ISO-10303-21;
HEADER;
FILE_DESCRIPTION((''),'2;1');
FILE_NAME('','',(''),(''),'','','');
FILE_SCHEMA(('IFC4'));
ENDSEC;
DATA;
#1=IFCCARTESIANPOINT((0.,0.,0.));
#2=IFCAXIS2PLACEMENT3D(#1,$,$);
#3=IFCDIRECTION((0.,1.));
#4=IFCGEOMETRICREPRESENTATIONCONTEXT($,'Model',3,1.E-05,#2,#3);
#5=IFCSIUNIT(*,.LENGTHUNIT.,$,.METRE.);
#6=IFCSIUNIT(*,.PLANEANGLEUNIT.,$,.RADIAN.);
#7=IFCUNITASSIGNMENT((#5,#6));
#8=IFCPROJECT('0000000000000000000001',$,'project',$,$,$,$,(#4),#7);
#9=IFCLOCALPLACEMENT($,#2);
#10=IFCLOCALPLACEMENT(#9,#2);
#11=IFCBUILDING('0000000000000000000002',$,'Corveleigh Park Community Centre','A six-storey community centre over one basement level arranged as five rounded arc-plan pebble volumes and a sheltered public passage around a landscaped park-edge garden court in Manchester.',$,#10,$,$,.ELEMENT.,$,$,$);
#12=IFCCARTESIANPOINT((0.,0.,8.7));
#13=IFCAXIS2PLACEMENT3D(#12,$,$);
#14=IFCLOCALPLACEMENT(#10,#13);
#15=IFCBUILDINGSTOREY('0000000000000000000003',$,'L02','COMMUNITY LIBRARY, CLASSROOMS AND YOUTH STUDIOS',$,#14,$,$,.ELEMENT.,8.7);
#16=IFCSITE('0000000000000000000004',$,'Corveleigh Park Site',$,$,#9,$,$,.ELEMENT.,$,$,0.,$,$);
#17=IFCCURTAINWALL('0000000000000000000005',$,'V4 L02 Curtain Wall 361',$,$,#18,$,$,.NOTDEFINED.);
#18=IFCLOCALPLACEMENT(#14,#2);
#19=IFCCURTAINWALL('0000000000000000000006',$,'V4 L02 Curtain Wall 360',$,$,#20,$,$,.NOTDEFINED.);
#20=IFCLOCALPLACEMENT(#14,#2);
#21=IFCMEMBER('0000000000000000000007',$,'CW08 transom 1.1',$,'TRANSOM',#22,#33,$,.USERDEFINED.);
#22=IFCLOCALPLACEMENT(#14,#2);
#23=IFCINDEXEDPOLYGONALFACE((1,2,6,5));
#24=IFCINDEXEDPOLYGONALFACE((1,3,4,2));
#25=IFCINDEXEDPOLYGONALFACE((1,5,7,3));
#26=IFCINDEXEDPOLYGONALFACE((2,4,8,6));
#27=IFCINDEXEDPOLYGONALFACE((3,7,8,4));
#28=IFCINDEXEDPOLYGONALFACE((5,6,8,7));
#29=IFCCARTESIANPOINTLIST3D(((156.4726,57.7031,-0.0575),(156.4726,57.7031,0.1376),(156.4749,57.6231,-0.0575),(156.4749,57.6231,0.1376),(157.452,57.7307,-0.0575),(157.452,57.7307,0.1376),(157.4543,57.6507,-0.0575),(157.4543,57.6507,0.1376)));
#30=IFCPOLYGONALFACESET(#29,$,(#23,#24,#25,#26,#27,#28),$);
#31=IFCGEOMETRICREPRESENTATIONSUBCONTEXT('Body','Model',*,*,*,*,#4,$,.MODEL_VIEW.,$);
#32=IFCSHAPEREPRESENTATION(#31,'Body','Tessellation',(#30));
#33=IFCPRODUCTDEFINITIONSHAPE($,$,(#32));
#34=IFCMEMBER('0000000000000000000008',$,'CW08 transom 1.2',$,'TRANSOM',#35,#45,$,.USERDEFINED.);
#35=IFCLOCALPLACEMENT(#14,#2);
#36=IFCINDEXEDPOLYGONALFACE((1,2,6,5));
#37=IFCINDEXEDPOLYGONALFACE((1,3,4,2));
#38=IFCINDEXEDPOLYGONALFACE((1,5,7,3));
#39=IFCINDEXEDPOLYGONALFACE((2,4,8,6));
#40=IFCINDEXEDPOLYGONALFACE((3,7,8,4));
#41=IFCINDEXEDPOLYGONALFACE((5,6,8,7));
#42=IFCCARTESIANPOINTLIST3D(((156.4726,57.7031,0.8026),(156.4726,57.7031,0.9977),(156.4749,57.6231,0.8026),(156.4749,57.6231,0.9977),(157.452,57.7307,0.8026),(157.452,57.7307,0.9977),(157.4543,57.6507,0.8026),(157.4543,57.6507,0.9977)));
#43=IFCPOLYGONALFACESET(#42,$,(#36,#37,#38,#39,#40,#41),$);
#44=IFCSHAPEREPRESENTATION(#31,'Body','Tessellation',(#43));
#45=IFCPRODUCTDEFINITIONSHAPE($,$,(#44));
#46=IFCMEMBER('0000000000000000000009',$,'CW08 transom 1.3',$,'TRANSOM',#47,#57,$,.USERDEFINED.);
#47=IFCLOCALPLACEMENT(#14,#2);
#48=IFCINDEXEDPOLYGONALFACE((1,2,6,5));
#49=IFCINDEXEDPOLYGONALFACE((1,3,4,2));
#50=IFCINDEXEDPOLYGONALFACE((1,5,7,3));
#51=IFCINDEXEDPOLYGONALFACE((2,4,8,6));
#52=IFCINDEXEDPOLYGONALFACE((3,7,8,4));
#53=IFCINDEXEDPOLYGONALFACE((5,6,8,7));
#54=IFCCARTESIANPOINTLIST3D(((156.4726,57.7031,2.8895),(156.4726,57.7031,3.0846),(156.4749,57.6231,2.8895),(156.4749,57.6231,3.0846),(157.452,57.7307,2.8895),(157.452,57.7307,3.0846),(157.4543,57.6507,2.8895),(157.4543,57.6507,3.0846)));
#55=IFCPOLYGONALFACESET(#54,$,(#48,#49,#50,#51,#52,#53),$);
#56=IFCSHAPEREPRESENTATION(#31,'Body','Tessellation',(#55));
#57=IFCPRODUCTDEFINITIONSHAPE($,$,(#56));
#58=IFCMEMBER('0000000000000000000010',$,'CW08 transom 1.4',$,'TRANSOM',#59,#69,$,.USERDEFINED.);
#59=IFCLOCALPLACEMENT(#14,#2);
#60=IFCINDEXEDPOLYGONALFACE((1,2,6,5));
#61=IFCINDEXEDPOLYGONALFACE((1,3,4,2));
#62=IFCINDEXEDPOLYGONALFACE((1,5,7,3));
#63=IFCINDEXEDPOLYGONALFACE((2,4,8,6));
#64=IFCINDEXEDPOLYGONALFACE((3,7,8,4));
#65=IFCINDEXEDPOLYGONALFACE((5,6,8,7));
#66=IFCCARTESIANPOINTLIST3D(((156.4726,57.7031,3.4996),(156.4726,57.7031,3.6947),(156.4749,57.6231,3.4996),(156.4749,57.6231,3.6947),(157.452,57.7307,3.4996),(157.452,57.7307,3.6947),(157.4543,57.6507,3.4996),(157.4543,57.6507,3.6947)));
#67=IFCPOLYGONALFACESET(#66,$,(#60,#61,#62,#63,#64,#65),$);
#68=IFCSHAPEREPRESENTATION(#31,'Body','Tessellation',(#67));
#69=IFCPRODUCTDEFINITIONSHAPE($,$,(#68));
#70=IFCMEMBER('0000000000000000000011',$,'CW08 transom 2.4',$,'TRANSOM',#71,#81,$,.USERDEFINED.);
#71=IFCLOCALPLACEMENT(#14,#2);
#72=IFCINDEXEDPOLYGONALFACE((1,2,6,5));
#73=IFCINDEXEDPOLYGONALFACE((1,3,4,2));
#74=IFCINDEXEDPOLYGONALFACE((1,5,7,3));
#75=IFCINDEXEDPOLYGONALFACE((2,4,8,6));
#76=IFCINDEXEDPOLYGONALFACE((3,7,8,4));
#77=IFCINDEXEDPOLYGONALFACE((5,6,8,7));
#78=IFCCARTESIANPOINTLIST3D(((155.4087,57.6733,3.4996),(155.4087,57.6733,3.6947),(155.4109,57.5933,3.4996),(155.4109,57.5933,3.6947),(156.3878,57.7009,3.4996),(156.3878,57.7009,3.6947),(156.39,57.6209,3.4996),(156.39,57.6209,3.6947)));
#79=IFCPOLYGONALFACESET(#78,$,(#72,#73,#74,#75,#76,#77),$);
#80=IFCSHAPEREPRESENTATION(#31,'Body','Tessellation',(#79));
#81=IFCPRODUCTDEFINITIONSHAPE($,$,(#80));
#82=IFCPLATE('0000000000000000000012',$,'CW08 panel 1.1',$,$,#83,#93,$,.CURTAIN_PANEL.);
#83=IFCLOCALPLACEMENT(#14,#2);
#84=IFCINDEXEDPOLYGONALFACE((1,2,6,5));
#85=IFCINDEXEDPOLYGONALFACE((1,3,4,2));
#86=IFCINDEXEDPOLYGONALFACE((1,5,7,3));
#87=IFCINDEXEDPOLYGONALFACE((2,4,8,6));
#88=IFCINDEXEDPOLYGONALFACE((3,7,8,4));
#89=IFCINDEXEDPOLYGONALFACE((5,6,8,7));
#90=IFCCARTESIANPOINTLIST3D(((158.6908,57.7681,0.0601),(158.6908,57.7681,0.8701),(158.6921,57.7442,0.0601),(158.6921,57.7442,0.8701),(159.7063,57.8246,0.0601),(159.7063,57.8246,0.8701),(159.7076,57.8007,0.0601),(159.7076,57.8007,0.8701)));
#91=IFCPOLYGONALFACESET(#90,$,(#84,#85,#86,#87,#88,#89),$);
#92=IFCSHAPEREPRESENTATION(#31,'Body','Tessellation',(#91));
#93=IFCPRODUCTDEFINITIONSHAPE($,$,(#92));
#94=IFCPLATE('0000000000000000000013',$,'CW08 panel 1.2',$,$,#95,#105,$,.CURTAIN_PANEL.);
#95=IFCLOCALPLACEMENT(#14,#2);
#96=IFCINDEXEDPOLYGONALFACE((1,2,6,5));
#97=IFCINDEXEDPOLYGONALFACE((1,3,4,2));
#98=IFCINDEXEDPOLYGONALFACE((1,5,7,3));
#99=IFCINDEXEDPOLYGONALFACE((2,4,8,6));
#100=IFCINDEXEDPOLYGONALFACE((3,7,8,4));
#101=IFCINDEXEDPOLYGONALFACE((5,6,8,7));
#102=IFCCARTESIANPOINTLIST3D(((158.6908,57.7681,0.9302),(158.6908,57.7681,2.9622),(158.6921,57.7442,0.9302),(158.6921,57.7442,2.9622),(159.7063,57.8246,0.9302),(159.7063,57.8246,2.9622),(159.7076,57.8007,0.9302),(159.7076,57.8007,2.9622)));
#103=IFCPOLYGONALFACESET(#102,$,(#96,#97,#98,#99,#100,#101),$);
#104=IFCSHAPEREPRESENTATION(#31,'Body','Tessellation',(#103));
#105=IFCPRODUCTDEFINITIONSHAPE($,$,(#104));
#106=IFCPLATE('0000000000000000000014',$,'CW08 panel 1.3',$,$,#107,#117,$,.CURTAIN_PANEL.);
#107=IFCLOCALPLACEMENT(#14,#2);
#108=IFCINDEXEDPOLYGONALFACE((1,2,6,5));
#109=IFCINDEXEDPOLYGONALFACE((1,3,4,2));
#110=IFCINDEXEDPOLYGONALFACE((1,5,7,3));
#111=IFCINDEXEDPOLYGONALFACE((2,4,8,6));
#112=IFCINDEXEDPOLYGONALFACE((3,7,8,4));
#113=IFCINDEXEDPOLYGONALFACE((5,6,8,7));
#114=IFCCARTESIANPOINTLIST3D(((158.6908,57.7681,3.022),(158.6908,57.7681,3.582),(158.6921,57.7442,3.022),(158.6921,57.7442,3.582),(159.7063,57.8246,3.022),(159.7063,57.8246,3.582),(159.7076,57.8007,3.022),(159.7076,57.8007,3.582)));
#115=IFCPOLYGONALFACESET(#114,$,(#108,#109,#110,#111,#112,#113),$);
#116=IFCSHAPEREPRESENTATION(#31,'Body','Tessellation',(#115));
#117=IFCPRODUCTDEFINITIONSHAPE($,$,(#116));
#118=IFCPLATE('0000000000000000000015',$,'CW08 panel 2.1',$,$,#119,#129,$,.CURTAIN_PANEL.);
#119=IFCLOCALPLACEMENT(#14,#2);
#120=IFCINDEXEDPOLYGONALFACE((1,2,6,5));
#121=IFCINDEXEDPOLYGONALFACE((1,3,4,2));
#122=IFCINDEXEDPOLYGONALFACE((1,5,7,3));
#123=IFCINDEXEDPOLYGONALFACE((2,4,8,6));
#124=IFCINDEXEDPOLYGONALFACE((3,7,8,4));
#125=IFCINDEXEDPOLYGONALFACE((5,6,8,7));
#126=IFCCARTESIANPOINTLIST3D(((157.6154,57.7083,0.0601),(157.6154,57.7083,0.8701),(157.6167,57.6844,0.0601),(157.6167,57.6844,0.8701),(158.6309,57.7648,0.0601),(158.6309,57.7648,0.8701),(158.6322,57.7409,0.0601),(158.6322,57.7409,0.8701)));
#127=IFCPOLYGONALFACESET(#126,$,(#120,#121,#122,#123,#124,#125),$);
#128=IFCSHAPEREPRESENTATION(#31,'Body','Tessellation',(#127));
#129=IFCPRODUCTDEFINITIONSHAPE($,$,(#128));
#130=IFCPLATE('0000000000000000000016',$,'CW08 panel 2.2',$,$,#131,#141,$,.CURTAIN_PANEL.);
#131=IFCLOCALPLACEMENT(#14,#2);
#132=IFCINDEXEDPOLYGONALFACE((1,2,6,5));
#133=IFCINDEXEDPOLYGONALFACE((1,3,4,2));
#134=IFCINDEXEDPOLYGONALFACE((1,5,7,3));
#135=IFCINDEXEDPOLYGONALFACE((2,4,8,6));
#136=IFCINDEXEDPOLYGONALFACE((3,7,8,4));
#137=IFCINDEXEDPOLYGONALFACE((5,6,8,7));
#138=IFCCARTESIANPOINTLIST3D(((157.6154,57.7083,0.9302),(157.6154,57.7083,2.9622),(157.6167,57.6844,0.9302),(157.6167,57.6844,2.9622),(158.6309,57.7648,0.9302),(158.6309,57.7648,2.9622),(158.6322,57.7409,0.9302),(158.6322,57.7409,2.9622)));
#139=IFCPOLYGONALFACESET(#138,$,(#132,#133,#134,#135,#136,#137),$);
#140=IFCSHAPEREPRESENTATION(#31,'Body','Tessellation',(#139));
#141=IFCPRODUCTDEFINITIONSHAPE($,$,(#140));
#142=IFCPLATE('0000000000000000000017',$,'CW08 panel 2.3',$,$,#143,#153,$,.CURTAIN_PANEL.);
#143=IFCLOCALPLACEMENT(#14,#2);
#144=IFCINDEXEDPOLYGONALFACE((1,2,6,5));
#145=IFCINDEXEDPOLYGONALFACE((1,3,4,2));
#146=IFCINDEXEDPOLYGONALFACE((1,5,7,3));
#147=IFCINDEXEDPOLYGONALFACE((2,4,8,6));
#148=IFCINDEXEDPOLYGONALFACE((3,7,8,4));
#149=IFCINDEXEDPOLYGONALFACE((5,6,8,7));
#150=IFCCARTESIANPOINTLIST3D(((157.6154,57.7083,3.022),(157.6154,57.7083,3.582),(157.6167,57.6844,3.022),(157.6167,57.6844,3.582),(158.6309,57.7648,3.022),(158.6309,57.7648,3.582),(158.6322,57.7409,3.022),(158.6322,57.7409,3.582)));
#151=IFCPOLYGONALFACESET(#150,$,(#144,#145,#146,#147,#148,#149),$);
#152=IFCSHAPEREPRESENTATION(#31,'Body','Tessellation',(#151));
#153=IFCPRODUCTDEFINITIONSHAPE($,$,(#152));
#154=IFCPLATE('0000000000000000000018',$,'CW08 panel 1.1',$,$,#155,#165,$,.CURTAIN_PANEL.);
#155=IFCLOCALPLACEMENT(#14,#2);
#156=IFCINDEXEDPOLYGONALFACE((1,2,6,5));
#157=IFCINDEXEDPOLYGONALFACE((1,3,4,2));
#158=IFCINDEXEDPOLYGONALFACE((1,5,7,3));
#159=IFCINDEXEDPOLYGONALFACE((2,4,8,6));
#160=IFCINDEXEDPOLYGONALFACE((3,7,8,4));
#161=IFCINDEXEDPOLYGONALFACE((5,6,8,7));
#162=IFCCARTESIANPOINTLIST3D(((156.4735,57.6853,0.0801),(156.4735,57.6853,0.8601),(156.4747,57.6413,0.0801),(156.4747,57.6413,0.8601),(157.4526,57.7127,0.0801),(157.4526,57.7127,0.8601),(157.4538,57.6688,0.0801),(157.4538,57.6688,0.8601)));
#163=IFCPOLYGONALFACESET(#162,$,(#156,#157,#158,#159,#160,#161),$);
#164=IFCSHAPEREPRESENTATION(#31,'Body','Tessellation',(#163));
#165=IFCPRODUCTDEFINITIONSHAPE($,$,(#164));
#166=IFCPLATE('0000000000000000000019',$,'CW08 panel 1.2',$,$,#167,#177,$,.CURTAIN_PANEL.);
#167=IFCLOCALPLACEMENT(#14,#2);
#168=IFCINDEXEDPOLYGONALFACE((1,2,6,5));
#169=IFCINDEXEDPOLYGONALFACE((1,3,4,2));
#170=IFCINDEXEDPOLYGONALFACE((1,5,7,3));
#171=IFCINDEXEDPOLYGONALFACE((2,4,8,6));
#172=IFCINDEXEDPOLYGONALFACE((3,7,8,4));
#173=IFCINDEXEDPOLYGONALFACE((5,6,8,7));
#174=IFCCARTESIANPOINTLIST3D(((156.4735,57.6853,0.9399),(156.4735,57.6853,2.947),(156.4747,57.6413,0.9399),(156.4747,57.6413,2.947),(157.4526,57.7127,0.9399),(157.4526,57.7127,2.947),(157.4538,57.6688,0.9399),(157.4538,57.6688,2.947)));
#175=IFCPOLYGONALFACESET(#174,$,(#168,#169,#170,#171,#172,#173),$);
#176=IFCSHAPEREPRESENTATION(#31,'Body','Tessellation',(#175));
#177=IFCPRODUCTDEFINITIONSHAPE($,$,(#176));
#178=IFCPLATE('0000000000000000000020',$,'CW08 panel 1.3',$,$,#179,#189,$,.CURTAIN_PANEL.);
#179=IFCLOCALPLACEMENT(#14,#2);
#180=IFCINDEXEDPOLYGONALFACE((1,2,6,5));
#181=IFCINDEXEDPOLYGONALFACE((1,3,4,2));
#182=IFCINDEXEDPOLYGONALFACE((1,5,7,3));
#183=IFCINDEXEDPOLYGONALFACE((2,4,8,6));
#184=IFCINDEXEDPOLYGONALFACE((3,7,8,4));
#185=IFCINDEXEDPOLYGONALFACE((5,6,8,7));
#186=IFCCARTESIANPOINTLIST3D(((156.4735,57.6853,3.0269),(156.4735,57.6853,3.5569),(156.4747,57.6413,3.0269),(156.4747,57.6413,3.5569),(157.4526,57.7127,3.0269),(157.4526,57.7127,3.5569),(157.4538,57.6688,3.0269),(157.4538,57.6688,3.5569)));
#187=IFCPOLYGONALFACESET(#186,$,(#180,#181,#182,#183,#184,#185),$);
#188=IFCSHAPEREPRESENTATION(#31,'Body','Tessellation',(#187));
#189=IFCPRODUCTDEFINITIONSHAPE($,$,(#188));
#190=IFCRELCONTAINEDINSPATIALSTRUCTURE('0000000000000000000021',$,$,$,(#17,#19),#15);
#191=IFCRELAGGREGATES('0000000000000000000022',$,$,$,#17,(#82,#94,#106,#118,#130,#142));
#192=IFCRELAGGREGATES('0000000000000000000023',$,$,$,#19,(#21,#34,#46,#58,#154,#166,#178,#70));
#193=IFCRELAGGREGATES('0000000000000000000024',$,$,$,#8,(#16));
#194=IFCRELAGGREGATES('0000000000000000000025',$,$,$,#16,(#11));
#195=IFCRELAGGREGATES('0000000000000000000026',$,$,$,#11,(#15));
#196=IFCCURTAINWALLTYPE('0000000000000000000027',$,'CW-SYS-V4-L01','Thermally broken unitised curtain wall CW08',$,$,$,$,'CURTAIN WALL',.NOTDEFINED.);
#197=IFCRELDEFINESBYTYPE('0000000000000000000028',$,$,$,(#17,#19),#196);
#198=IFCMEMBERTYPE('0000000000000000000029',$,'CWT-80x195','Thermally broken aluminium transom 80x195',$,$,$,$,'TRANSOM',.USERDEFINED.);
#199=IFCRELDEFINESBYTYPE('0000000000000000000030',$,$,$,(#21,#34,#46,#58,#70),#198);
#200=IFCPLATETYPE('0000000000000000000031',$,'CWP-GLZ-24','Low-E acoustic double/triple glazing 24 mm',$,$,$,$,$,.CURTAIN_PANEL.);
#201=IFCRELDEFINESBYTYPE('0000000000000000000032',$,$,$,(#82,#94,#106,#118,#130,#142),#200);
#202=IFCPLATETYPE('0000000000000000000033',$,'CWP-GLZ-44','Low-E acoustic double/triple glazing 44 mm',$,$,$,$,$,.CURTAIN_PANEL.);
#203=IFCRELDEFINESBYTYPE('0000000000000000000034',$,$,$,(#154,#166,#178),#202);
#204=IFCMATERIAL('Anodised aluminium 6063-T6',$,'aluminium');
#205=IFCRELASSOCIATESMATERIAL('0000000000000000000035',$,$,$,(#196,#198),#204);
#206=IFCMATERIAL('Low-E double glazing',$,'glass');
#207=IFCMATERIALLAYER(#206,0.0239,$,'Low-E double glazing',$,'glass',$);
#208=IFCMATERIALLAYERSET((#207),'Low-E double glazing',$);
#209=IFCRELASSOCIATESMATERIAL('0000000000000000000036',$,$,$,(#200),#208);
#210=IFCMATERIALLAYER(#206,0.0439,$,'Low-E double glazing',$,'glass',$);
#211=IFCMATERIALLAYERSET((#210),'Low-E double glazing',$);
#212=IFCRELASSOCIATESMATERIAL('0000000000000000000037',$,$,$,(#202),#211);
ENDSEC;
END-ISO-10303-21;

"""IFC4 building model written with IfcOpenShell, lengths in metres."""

from ifc_helpers import new_model, si_unit, direction, frame, origin, origin_2d, place, context, subcontext, project, spatial, rectangle, extrude, material, layer, layer_set, material_profile, profile_set, type_object, element, aggregate, save


model = new_model("IFC4")

# Units and contexts
model_context = context("Model", 3, precision=1e-05, world=origin(), true_north=direction((0.0, 1.0)))
body_context = subcontext(model_context, "Body", "Model", "MODEL_VIEW")
ifc_project = project(units=[si_unit("LENGTHUNIT", "METRE"), si_unit("PLANEANGLEUNIT", "RADIAN")], contexts=[model_context])

# Site, building, storey
site_placement = place(None, origin())
site = spatial("IfcSite", under=ifc_project, at=site_placement, Name="Corveleigh Park Site", CompositionType="ELEMENT", RefElevation=0.0)
building_placement = place(site_placement, origin())
building = spatial("IfcBuilding", under=site, at=building_placement, Name="Corveleigh Park Community Centre", Description="A six-storey community centre over one basement level arranged as five rounded arc-plan pebble volumes and a sheltered public passage around a landscaped park-edge garden court in Manchester.", CompositionType="ELEMENT")
storey_placement = place(building_placement, frame((0.0, 0.0, 8.7)))
storey = spatial("IfcBuildingStorey", under=building, at=storey_placement, Name="L02", Description="COMMUNITY LIBRARY, CLASSROOMS AND YOUTH STUDIOS", CompositionType="ELEMENT", Elevation=8.7)

# Curtain wall
ifc_material_1 = material(Name="Anodised aluminium 6063-T6", Category="aluminium")
curtain_wall_type = type_object("IfcCurtainWallType", Name="CW-SYS-V4-L01", Description="Thermally broken unitised curtain wall CW08", ElementType="CURTAIN WALL", PredefinedType="NOTDEFINED", material=ifc_material_1)
curtain_wall_1_placement = place(storey_placement, origin())
curtain_wall_1 = element("IfcCurtainWall", 1, at=curtain_wall_1_placement, inside=storey, type_object=curtain_wall_type, Name="V4 L02 Curtain Wall 361", PredefinedType="NOTDEFINED")

# Curtain wall
curtain_wall_2_placement = place(storey_placement, origin())
curtain_wall_2 = element("IfcCurtainWall", 2, at=curtain_wall_2_placement, inside=storey, type_object=curtain_wall_type, Name="V4 L02 Curtain Wall 360", PredefinedType="NOTDEFINED")

# Members
ifc_material_profile_1 = material_profile(ifc_material_1, rectangle(XDim=0.0801, YDim=0.1951, at=origin_2d()), Name="ALU-T80x195", Category="aluminium")
ifc_profile_set_1 = profile_set([ifc_material_profile_1], Name="Anodised aluminium 6063-T6")
member_type_1 = type_object("IfcMemberType", Name="CWT-80x195", Description="Thermally broken aluminium transom 80x195", ElementType="TRANSOM", PredefinedType="USERDEFINED", material=ifc_profile_set_1)
member_1_placement = place(storey_placement, frame((157.4531, 57.6907, 0.04), z_axis=(-0.999603, -0.028161, 0.0), x_axis=(0.028161, -0.999603, 0.0)))
member_1 = element("IfcMember", 3, at=member_1_placement, type_object=member_type_1, Name="CW08 transom 1.1", ObjectType="TRANSOM", PredefinedType="USERDEFINED", context=body_context, shape_type="SweptSolid", body=[
    extrude(rectangle(XDim=0.0801, YDim=0.1951, at=origin_2d()), origin(), (0.0, 0.0, 1.0), 0.9797),
])
member_2_placement = place(storey_placement, frame((157.4531, 57.6907, 0.9001), z_axis=(-0.999603, -0.028161, 0.0), x_axis=(0.028161, -0.999603, 0.0)))
member_2 = element("IfcMember", 4, at=member_2_placement, type_object=member_type_1, Name="CW08 transom 1.2", ObjectType="TRANSOM", PredefinedType="USERDEFINED", context=body_context, shape_type="SweptSolid", body=[
    extrude(rectangle(XDim=0.0801, YDim=0.1951, at=origin_2d()), origin(), (0.0, 0.0, 1.0), 0.9797),
])
member_3_placement = place(storey_placement, frame((157.4531, 57.6907, 2.9871), z_axis=(-0.999603, -0.028161, 0.0), x_axis=(0.028161, -0.999603, 0.0)))
member_3 = element("IfcMember", 5, at=member_3_placement, type_object=member_type_1, Name="CW08 transom 1.3", ObjectType="TRANSOM", PredefinedType="USERDEFINED", context=body_context, shape_type="SweptSolid", body=[
    extrude(rectangle(XDim=0.0801, YDim=0.1951, at=origin_2d()), origin(), (0.0, 0.0, 1.0), 0.9797),
])
member_4_placement = place(storey_placement, frame((157.4531, 57.6907, 3.5972), z_axis=(-0.999603, -0.028161, 0.0), x_axis=(0.028161, -0.999603, 0.0)))
member_4 = element("IfcMember", 6, at=member_4_placement, type_object=member_type_1, Name="CW08 transom 1.4", ObjectType="TRANSOM", PredefinedType="USERDEFINED", context=body_context, shape_type="SweptSolid", body=[
    extrude(rectangle(XDim=0.0801, YDim=0.1951, at=origin_2d()), origin(), (0.0, 0.0, 1.0), 0.9797),
])
member_5_placement = place(storey_placement, frame((156.3889, 57.6609, 3.5972), z_axis=(-0.999603, -0.028168, 0.0), x_axis=(0.028168, -0.999603, 0.0)))
member_5 = element("IfcMember", 7, at=member_5_placement, type_object=member_type_1, Name="CW08 transom 2.4", ObjectType="TRANSOM", PredefinedType="USERDEFINED", context=body_context, shape_type="SweptSolid", body=[
    extrude(rectangle(XDim=0.0801, YDim=0.1951, at=origin_2d()), origin(), (0.0, 0.0, 1.0), 0.9795),
])

# Plates
ifc_material_2 = material(Name="Low-E double glazing", Category="glass")
ifc_layer_1 = layer(ifc_material_2, 0.0239, Name="Low-E double glazing", Category="glass")
ifc_layer_set_1 = layer_set([ifc_layer_1], Name="Low-E double glazing")
plate_type_1 = type_object("IfcPlateType", Name="CWP-GLZ-24", Description="Low-E acoustic double/triple glazing 24 mm", PredefinedType="CURTAIN_PANEL", material=ifc_layer_set_1)
plate_1_placement = place(storey_placement, frame((159.1992, 57.7844, 0.0601), z_axis=(0.0, 0.0, 1.0), x_axis=(-0.998456, -0.055545, 0.0)))
plate_1 = element("IfcPlate", 8, at=plate_1_placement, type_object=plate_type_1, Name="CW08 panel 1.1", PredefinedType="CURTAIN_PANEL", context=body_context, shape_type="SweptSolid", body=[
    extrude(rectangle(XDim=1.0171, YDim=0.0239, at=origin_2d()), origin(), (0.0, 0.0, 1.0), 0.8101),
])
plate_2_placement = place(storey_placement, frame((159.1992, 57.7844, 0.9302), z_axis=(0.0, 0.0, 1.0), x_axis=(-0.998456, -0.055545, 0.0)))
plate_2 = element("IfcPlate", 9, at=plate_2_placement, type_object=plate_type_1, Name="CW08 panel 1.2", PredefinedType="CURTAIN_PANEL", context=body_context, shape_type="SweptSolid", body=[
    extrude(rectangle(XDim=1.0171, YDim=0.0239, at=origin_2d()), origin(), (0.0, 0.0, 1.0), 2.032),
])
plate_3_placement = place(storey_placement, frame((159.1992, 57.7844, 3.022), z_axis=(0.0, 0.0, 1.0), x_axis=(-0.998456, -0.055545, 0.0)))
plate_3 = element("IfcPlate", 10, at=plate_3_placement, type_object=plate_type_1, Name="CW08 panel 1.3", PredefinedType="CURTAIN_PANEL", context=body_context, shape_type="SweptSolid", body=[
    extrude(rectangle(XDim=1.0171, YDim=0.0239, at=origin_2d()), origin(), (0.0, 0.0, 1.0), 0.5601),
])
plate_4_placement = place(storey_placement, frame((158.1238, 57.7246, 0.0601), z_axis=(0.0, 0.0, 1.0), x_axis=(-0.998456, -0.055545, 0.0)))
plate_4 = element("IfcPlate", 11, at=plate_4_placement, type_object=plate_type_1, Name="CW08 panel 2.1", PredefinedType="CURTAIN_PANEL", context=body_context, shape_type="SweptSolid", body=[
    extrude(rectangle(XDim=1.0171, YDim=0.0239, at=origin_2d()), origin(), (0.0, 0.0, 1.0), 0.8101),
])
plate_5_placement = place(storey_placement, frame((158.1238, 57.7246, 0.9302), z_axis=(0.0, 0.0, 1.0), x_axis=(-0.998456, -0.055545, 0.0)))
plate_5 = element("IfcPlate", 12, at=plate_5_placement, type_object=plate_type_1, Name="CW08 panel 2.2", PredefinedType="CURTAIN_PANEL", context=body_context, shape_type="SweptSolid", body=[
    extrude(rectangle(XDim=1.0171, YDim=0.0239, at=origin_2d()), origin(), (0.0, 0.0, 1.0), 2.032),
])
plate_6_placement = place(storey_placement, frame((158.1238, 57.7246, 3.022), z_axis=(0.0, 0.0, 1.0), x_axis=(-0.998456, -0.055545, 0.0)))
plate_6 = element("IfcPlate", 13, at=plate_6_placement, type_object=plate_type_1, Name="CW08 panel 2.3", PredefinedType="CURTAIN_PANEL", context=body_context, shape_type="SweptSolid", body=[
    extrude(rectangle(XDim=1.0171, YDim=0.0239, at=origin_2d()), origin(), (0.0, 0.0, 1.0), 0.5601),
])
aggregate(curtain_wall_1, [plate_1, plate_2, plate_3, plate_4, plate_5, plate_6])
ifc_layer_2 = layer(ifc_material_2, 0.0439, Name="Low-E double glazing", Category="glass")
ifc_layer_set_2 = layer_set([ifc_layer_2], Name="Low-E double glazing")
plate_type_2 = type_object("IfcPlateType", Name="CWP-GLZ-44", Description="Low-E acoustic double/triple glazing 44 mm", PredefinedType="CURTAIN_PANEL", material=ifc_layer_set_2)
plate_7_placement = place(storey_placement, frame((156.9636, 57.677, 0.0801), z_axis=(0.0, 0.0, 1.0), x_axis=(-0.999608, -0.028005, 0.0)))
plate_7 = element("IfcPlate", 14, at=plate_7_placement, type_object=plate_type_2, Name="CW08 panel 1.1", PredefinedType="CURTAIN_PANEL", context=body_context, shape_type="SweptSolid", body=[
    extrude(rectangle(XDim=0.9795, YDim=0.0439, at=origin_2d()), origin(), (0.0, 0.0, 1.0), 0.78),
])
plate_8_placement = place(storey_placement, frame((156.9636, 57.677, 0.9399), z_axis=(0.0, 0.0, 1.0), x_axis=(-0.999608, -0.028005, 0.0)))
plate_8 = element("IfcPlate", 15, at=plate_8_placement, type_object=plate_type_2, Name="CW08 panel 1.2", PredefinedType="CURTAIN_PANEL", context=body_context, shape_type="SweptSolid", body=[
    extrude(rectangle(XDim=0.9795, YDim=0.0439, at=origin_2d()), origin(), (0.0, 0.0, 1.0), 2.0071),
])
plate_9_placement = place(storey_placement, frame((156.9636, 57.677, 3.0269), z_axis=(0.0, 0.0, 1.0), x_axis=(-0.999608, -0.028005, 0.0)))
plate_9 = element("IfcPlate", 16, at=plate_9_placement, type_object=plate_type_2, Name="CW08 panel 1.3", PredefinedType="CURTAIN_PANEL", context=body_context, shape_type="SweptSolid", body=[
    extrude(rectangle(XDim=0.9795, YDim=0.0439, at=origin_2d()), origin(), (0.0, 0.0, 1.0), 0.53),
])
aggregate(curtain_wall_2, [member_1, member_2, member_3, member_4, plate_7, plate_8, plate_9, member_5])

save(model, "model.ifc")
